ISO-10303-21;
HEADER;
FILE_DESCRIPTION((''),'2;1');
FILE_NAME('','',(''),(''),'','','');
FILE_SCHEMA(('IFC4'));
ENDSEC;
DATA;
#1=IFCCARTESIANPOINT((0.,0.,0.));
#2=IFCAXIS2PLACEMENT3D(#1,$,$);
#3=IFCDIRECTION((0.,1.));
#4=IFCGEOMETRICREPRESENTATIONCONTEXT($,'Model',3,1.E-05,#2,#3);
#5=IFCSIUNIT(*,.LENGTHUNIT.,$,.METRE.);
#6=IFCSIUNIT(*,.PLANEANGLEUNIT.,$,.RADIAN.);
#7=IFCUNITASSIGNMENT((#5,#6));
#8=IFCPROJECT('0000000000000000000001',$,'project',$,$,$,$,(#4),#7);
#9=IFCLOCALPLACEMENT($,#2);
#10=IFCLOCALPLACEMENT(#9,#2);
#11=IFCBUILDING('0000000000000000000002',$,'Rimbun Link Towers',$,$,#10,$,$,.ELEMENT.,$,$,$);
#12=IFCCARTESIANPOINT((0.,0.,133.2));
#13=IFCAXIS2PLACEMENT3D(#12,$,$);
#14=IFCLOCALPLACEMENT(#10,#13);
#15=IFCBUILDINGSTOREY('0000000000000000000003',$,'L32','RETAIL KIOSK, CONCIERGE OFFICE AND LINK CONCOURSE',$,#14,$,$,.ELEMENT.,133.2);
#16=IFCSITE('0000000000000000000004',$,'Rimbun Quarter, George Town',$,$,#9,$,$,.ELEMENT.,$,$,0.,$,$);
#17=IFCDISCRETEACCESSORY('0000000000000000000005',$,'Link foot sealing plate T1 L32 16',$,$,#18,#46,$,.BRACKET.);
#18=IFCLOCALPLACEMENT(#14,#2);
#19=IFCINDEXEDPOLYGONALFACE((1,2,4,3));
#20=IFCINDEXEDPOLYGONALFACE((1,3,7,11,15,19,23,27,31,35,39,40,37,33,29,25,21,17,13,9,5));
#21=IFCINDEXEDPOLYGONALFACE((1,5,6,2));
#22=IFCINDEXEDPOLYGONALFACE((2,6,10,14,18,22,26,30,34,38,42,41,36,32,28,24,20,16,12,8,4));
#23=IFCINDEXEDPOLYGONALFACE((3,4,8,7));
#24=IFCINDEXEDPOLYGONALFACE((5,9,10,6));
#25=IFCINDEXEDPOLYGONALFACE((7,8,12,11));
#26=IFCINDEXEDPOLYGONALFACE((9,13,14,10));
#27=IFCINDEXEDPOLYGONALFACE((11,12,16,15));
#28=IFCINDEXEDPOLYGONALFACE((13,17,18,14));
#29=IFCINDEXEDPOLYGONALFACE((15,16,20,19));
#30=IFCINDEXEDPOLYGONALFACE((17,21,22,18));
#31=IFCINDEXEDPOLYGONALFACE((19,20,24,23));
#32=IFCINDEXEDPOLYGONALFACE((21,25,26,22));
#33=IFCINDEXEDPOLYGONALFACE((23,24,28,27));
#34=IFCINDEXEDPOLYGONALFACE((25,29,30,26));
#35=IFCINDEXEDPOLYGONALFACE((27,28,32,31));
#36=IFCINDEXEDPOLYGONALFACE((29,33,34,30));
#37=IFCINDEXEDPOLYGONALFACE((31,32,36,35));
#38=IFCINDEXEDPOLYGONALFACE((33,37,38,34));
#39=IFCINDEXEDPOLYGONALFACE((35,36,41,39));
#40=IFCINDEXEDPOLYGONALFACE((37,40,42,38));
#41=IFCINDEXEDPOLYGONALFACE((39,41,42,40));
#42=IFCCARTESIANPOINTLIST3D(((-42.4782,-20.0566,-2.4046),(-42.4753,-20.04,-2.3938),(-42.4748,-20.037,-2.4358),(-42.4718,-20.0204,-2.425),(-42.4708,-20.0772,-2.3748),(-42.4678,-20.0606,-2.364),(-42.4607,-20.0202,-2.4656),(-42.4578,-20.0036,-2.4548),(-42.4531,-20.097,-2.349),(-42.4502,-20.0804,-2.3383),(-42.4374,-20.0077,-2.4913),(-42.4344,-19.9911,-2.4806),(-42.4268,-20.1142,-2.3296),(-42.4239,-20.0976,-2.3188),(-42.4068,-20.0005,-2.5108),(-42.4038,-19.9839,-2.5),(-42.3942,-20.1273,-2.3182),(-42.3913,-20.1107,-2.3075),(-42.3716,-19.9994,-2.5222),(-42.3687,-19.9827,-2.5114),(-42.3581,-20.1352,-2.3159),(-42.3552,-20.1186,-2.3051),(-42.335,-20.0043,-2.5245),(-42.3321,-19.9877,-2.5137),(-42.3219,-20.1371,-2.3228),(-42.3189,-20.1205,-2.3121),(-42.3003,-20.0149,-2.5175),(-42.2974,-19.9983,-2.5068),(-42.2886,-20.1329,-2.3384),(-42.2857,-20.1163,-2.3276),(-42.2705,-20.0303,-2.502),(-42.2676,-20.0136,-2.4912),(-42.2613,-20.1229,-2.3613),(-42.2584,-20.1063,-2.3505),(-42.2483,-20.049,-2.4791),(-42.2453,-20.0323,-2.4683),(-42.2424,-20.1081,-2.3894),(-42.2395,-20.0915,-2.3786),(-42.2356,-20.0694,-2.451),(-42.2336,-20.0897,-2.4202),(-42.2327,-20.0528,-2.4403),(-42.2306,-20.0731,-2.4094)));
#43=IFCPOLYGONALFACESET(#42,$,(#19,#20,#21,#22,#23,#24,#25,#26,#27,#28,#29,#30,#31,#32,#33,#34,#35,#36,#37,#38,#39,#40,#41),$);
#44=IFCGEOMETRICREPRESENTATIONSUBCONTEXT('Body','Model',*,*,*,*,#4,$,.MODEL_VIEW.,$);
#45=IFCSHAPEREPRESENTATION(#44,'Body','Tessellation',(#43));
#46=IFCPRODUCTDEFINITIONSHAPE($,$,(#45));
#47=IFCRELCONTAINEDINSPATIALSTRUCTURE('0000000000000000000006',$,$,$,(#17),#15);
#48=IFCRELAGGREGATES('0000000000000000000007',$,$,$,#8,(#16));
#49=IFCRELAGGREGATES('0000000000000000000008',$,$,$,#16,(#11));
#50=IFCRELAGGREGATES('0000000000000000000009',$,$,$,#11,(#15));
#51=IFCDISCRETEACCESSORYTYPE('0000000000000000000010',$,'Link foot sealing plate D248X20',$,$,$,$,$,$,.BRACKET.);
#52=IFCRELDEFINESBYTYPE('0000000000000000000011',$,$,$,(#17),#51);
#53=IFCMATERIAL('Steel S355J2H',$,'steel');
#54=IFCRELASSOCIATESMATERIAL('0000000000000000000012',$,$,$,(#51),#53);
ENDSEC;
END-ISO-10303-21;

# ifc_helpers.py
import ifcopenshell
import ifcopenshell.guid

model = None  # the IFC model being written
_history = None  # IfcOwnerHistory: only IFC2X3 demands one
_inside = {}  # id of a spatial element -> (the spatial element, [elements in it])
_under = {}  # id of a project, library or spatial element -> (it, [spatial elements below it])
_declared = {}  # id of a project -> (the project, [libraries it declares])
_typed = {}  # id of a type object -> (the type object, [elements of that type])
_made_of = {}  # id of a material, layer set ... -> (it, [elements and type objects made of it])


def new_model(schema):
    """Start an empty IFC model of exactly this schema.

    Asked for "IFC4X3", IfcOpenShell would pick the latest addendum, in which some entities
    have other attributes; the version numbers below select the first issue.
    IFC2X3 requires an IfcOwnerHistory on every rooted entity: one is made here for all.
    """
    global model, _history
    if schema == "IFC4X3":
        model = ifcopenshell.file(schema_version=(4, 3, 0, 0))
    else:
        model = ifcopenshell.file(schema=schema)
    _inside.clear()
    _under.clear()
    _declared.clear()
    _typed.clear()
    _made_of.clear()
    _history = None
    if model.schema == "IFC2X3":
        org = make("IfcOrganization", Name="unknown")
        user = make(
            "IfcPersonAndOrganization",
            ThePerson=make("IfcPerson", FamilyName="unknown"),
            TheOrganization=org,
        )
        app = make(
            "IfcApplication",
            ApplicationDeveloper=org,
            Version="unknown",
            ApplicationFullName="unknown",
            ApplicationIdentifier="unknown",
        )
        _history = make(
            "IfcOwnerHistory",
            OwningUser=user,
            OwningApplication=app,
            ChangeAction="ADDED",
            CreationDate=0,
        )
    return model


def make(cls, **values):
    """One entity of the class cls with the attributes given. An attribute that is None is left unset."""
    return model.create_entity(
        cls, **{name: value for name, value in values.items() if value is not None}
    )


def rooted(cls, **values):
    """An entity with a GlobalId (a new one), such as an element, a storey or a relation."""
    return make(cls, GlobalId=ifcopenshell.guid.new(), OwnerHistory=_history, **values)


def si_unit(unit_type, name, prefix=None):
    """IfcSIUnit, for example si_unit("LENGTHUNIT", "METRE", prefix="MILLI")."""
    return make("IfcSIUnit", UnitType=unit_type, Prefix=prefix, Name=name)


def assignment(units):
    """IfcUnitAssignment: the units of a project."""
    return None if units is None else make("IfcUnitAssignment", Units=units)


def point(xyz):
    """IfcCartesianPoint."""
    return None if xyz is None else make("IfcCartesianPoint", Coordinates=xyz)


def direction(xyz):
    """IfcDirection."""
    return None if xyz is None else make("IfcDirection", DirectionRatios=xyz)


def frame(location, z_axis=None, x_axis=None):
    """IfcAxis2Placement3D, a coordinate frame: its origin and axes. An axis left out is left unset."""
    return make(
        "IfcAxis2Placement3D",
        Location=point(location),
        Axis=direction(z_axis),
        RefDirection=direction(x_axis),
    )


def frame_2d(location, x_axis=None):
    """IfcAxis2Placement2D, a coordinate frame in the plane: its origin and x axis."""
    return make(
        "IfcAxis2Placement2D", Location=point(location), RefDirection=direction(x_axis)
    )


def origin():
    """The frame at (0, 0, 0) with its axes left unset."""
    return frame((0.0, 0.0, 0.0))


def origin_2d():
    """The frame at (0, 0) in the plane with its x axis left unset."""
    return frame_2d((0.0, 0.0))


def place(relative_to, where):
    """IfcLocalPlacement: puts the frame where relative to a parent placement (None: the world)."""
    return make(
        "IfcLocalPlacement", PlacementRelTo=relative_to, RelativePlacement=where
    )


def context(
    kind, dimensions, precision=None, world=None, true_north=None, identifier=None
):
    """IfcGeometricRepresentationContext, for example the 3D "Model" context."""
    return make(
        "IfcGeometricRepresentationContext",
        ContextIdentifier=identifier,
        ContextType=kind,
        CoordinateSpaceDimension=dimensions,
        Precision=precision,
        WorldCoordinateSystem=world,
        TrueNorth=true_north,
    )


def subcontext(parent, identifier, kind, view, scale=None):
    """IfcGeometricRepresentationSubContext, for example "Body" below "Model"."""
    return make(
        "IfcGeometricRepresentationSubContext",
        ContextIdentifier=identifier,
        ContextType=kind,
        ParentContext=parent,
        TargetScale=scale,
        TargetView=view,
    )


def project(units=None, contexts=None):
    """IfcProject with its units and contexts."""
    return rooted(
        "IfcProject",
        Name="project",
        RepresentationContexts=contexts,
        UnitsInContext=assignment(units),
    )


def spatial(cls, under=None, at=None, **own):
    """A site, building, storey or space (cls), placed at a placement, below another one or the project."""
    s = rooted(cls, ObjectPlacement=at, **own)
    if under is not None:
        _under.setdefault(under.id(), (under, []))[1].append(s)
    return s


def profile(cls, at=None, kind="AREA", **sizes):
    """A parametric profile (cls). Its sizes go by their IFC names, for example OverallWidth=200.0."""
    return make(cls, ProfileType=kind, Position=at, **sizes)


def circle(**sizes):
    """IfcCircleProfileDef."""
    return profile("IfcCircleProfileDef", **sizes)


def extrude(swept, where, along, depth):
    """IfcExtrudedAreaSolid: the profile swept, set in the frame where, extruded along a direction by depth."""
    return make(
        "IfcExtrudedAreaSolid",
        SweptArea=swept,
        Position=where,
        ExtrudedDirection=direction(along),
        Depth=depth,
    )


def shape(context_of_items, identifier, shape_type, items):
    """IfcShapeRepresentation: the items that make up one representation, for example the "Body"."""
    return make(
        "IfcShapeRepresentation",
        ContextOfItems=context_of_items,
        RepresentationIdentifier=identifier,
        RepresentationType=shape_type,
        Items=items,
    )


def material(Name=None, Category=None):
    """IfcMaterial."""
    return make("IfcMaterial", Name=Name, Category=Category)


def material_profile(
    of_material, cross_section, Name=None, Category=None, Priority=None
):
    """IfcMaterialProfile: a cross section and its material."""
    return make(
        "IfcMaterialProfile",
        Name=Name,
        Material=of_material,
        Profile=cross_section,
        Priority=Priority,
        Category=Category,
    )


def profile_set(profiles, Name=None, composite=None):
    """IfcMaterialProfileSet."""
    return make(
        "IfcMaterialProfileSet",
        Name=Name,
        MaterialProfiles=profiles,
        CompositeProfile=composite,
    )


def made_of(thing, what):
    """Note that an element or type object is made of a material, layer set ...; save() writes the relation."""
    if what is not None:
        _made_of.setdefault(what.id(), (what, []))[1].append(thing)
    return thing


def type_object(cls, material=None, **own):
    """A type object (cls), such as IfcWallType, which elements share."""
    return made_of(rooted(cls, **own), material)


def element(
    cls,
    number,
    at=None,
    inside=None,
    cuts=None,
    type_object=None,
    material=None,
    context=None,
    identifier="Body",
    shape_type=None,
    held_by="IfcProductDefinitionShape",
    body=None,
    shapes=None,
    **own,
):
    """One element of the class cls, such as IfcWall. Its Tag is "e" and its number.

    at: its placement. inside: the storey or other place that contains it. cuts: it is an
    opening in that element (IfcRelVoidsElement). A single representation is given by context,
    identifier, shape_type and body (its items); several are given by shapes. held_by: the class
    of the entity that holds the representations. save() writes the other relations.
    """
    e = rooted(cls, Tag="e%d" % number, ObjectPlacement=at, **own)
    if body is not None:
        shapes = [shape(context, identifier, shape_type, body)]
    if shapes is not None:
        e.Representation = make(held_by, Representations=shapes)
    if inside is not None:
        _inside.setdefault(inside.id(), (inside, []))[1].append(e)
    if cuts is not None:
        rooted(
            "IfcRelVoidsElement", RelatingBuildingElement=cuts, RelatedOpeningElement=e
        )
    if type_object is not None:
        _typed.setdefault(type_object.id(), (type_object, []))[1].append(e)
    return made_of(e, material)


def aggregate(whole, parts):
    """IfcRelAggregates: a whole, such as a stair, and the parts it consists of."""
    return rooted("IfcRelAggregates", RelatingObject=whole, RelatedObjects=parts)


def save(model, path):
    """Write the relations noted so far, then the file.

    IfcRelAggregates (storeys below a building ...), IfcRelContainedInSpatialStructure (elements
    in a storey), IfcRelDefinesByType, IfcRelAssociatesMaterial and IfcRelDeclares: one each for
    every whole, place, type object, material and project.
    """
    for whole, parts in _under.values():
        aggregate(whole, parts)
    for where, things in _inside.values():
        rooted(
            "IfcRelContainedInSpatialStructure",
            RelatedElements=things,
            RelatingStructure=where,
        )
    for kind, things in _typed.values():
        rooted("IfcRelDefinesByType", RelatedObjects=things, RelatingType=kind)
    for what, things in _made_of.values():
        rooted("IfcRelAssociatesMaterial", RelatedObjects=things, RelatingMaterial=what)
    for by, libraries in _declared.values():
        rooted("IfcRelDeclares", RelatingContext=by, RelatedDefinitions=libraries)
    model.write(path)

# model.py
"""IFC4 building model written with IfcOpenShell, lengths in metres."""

from ifc_helpers import new_model, si_unit, direction, frame, origin, origin_2d, place, context, subcontext, project, spatial, circle, extrude, material, material_profile, profile_set, type_object, element, save


model = new_model("IFC4")

# Units and contexts
model_context = context("Model", 3, precision=1e-05, world=origin(), true_north=direction((0.0, 1.0)))
body_context = subcontext(model_context, "Body", "Model", "MODEL_VIEW")
ifc_project = project(units=[si_unit("LENGTHUNIT", "METRE"), si_unit("PLANEANGLEUNIT", "RADIAN")], contexts=[model_context])

# Site, building, storey
site_placement = place(None, origin())
site = spatial("IfcSite", under=ifc_project, at=site_placement, Name="Rimbun Quarter, George Town", CompositionType="ELEMENT", RefElevation=0.0)
building_placement = place(site_placement, origin())
building = spatial("IfcBuilding", under=site, at=building_placement, Name="Rimbun Link Towers", CompositionType="ELEMENT")
storey_placement = place(building_placement, frame((0.0, 0.0, 133.2)))
storey = spatial("IfcBuildingStorey", under=building, at=storey_placement, Name="L32", Description="RETAIL KIOSK, CONCIERGE OFFICE AND LINK CONCOURSE", CompositionType="ELEMENT", Elevation=133.2)

# Discrete accessory
ifc_material_1 = material(Name="Steel S355J2H", Category="steel")
ifc_material_profile_1 = material_profile(ifc_material_1, circle(Radius=0.124, at=origin_2d()), Name="PL D248")
ifc_profile_set_1 = profile_set([ifc_material_profile_1], Name="Steel S355J2H")
discrete_accessory_type = type_object("IfcDiscreteAccessoryType", Name="Link foot sealing plate D248X20", PredefinedType="BRACKET", material=ifc_profile_set_1)
discrete_accessory_placement = place(storey_placement, frame((-42.3528, -20.0515, -2.4094), z_axis=(-0.14656, -0.830504, -0.537385), x_axis=(0.984784, -0.173785, 0.0)))
element("IfcDiscreteAccessory", 1, at=discrete_accessory_placement, inside=storey, type_object=discrete_accessory_type, Name="Link foot sealing plate T1 L32 16", PredefinedType="BRACKET", context=body_context, shape_type="SweptSolid", body=[
    extrude(circle(Radius=0.124, at=origin_2d()), origin(), (0.0, 0.0, 1.0), 0.02),
])

save(model, "model.ifc")
